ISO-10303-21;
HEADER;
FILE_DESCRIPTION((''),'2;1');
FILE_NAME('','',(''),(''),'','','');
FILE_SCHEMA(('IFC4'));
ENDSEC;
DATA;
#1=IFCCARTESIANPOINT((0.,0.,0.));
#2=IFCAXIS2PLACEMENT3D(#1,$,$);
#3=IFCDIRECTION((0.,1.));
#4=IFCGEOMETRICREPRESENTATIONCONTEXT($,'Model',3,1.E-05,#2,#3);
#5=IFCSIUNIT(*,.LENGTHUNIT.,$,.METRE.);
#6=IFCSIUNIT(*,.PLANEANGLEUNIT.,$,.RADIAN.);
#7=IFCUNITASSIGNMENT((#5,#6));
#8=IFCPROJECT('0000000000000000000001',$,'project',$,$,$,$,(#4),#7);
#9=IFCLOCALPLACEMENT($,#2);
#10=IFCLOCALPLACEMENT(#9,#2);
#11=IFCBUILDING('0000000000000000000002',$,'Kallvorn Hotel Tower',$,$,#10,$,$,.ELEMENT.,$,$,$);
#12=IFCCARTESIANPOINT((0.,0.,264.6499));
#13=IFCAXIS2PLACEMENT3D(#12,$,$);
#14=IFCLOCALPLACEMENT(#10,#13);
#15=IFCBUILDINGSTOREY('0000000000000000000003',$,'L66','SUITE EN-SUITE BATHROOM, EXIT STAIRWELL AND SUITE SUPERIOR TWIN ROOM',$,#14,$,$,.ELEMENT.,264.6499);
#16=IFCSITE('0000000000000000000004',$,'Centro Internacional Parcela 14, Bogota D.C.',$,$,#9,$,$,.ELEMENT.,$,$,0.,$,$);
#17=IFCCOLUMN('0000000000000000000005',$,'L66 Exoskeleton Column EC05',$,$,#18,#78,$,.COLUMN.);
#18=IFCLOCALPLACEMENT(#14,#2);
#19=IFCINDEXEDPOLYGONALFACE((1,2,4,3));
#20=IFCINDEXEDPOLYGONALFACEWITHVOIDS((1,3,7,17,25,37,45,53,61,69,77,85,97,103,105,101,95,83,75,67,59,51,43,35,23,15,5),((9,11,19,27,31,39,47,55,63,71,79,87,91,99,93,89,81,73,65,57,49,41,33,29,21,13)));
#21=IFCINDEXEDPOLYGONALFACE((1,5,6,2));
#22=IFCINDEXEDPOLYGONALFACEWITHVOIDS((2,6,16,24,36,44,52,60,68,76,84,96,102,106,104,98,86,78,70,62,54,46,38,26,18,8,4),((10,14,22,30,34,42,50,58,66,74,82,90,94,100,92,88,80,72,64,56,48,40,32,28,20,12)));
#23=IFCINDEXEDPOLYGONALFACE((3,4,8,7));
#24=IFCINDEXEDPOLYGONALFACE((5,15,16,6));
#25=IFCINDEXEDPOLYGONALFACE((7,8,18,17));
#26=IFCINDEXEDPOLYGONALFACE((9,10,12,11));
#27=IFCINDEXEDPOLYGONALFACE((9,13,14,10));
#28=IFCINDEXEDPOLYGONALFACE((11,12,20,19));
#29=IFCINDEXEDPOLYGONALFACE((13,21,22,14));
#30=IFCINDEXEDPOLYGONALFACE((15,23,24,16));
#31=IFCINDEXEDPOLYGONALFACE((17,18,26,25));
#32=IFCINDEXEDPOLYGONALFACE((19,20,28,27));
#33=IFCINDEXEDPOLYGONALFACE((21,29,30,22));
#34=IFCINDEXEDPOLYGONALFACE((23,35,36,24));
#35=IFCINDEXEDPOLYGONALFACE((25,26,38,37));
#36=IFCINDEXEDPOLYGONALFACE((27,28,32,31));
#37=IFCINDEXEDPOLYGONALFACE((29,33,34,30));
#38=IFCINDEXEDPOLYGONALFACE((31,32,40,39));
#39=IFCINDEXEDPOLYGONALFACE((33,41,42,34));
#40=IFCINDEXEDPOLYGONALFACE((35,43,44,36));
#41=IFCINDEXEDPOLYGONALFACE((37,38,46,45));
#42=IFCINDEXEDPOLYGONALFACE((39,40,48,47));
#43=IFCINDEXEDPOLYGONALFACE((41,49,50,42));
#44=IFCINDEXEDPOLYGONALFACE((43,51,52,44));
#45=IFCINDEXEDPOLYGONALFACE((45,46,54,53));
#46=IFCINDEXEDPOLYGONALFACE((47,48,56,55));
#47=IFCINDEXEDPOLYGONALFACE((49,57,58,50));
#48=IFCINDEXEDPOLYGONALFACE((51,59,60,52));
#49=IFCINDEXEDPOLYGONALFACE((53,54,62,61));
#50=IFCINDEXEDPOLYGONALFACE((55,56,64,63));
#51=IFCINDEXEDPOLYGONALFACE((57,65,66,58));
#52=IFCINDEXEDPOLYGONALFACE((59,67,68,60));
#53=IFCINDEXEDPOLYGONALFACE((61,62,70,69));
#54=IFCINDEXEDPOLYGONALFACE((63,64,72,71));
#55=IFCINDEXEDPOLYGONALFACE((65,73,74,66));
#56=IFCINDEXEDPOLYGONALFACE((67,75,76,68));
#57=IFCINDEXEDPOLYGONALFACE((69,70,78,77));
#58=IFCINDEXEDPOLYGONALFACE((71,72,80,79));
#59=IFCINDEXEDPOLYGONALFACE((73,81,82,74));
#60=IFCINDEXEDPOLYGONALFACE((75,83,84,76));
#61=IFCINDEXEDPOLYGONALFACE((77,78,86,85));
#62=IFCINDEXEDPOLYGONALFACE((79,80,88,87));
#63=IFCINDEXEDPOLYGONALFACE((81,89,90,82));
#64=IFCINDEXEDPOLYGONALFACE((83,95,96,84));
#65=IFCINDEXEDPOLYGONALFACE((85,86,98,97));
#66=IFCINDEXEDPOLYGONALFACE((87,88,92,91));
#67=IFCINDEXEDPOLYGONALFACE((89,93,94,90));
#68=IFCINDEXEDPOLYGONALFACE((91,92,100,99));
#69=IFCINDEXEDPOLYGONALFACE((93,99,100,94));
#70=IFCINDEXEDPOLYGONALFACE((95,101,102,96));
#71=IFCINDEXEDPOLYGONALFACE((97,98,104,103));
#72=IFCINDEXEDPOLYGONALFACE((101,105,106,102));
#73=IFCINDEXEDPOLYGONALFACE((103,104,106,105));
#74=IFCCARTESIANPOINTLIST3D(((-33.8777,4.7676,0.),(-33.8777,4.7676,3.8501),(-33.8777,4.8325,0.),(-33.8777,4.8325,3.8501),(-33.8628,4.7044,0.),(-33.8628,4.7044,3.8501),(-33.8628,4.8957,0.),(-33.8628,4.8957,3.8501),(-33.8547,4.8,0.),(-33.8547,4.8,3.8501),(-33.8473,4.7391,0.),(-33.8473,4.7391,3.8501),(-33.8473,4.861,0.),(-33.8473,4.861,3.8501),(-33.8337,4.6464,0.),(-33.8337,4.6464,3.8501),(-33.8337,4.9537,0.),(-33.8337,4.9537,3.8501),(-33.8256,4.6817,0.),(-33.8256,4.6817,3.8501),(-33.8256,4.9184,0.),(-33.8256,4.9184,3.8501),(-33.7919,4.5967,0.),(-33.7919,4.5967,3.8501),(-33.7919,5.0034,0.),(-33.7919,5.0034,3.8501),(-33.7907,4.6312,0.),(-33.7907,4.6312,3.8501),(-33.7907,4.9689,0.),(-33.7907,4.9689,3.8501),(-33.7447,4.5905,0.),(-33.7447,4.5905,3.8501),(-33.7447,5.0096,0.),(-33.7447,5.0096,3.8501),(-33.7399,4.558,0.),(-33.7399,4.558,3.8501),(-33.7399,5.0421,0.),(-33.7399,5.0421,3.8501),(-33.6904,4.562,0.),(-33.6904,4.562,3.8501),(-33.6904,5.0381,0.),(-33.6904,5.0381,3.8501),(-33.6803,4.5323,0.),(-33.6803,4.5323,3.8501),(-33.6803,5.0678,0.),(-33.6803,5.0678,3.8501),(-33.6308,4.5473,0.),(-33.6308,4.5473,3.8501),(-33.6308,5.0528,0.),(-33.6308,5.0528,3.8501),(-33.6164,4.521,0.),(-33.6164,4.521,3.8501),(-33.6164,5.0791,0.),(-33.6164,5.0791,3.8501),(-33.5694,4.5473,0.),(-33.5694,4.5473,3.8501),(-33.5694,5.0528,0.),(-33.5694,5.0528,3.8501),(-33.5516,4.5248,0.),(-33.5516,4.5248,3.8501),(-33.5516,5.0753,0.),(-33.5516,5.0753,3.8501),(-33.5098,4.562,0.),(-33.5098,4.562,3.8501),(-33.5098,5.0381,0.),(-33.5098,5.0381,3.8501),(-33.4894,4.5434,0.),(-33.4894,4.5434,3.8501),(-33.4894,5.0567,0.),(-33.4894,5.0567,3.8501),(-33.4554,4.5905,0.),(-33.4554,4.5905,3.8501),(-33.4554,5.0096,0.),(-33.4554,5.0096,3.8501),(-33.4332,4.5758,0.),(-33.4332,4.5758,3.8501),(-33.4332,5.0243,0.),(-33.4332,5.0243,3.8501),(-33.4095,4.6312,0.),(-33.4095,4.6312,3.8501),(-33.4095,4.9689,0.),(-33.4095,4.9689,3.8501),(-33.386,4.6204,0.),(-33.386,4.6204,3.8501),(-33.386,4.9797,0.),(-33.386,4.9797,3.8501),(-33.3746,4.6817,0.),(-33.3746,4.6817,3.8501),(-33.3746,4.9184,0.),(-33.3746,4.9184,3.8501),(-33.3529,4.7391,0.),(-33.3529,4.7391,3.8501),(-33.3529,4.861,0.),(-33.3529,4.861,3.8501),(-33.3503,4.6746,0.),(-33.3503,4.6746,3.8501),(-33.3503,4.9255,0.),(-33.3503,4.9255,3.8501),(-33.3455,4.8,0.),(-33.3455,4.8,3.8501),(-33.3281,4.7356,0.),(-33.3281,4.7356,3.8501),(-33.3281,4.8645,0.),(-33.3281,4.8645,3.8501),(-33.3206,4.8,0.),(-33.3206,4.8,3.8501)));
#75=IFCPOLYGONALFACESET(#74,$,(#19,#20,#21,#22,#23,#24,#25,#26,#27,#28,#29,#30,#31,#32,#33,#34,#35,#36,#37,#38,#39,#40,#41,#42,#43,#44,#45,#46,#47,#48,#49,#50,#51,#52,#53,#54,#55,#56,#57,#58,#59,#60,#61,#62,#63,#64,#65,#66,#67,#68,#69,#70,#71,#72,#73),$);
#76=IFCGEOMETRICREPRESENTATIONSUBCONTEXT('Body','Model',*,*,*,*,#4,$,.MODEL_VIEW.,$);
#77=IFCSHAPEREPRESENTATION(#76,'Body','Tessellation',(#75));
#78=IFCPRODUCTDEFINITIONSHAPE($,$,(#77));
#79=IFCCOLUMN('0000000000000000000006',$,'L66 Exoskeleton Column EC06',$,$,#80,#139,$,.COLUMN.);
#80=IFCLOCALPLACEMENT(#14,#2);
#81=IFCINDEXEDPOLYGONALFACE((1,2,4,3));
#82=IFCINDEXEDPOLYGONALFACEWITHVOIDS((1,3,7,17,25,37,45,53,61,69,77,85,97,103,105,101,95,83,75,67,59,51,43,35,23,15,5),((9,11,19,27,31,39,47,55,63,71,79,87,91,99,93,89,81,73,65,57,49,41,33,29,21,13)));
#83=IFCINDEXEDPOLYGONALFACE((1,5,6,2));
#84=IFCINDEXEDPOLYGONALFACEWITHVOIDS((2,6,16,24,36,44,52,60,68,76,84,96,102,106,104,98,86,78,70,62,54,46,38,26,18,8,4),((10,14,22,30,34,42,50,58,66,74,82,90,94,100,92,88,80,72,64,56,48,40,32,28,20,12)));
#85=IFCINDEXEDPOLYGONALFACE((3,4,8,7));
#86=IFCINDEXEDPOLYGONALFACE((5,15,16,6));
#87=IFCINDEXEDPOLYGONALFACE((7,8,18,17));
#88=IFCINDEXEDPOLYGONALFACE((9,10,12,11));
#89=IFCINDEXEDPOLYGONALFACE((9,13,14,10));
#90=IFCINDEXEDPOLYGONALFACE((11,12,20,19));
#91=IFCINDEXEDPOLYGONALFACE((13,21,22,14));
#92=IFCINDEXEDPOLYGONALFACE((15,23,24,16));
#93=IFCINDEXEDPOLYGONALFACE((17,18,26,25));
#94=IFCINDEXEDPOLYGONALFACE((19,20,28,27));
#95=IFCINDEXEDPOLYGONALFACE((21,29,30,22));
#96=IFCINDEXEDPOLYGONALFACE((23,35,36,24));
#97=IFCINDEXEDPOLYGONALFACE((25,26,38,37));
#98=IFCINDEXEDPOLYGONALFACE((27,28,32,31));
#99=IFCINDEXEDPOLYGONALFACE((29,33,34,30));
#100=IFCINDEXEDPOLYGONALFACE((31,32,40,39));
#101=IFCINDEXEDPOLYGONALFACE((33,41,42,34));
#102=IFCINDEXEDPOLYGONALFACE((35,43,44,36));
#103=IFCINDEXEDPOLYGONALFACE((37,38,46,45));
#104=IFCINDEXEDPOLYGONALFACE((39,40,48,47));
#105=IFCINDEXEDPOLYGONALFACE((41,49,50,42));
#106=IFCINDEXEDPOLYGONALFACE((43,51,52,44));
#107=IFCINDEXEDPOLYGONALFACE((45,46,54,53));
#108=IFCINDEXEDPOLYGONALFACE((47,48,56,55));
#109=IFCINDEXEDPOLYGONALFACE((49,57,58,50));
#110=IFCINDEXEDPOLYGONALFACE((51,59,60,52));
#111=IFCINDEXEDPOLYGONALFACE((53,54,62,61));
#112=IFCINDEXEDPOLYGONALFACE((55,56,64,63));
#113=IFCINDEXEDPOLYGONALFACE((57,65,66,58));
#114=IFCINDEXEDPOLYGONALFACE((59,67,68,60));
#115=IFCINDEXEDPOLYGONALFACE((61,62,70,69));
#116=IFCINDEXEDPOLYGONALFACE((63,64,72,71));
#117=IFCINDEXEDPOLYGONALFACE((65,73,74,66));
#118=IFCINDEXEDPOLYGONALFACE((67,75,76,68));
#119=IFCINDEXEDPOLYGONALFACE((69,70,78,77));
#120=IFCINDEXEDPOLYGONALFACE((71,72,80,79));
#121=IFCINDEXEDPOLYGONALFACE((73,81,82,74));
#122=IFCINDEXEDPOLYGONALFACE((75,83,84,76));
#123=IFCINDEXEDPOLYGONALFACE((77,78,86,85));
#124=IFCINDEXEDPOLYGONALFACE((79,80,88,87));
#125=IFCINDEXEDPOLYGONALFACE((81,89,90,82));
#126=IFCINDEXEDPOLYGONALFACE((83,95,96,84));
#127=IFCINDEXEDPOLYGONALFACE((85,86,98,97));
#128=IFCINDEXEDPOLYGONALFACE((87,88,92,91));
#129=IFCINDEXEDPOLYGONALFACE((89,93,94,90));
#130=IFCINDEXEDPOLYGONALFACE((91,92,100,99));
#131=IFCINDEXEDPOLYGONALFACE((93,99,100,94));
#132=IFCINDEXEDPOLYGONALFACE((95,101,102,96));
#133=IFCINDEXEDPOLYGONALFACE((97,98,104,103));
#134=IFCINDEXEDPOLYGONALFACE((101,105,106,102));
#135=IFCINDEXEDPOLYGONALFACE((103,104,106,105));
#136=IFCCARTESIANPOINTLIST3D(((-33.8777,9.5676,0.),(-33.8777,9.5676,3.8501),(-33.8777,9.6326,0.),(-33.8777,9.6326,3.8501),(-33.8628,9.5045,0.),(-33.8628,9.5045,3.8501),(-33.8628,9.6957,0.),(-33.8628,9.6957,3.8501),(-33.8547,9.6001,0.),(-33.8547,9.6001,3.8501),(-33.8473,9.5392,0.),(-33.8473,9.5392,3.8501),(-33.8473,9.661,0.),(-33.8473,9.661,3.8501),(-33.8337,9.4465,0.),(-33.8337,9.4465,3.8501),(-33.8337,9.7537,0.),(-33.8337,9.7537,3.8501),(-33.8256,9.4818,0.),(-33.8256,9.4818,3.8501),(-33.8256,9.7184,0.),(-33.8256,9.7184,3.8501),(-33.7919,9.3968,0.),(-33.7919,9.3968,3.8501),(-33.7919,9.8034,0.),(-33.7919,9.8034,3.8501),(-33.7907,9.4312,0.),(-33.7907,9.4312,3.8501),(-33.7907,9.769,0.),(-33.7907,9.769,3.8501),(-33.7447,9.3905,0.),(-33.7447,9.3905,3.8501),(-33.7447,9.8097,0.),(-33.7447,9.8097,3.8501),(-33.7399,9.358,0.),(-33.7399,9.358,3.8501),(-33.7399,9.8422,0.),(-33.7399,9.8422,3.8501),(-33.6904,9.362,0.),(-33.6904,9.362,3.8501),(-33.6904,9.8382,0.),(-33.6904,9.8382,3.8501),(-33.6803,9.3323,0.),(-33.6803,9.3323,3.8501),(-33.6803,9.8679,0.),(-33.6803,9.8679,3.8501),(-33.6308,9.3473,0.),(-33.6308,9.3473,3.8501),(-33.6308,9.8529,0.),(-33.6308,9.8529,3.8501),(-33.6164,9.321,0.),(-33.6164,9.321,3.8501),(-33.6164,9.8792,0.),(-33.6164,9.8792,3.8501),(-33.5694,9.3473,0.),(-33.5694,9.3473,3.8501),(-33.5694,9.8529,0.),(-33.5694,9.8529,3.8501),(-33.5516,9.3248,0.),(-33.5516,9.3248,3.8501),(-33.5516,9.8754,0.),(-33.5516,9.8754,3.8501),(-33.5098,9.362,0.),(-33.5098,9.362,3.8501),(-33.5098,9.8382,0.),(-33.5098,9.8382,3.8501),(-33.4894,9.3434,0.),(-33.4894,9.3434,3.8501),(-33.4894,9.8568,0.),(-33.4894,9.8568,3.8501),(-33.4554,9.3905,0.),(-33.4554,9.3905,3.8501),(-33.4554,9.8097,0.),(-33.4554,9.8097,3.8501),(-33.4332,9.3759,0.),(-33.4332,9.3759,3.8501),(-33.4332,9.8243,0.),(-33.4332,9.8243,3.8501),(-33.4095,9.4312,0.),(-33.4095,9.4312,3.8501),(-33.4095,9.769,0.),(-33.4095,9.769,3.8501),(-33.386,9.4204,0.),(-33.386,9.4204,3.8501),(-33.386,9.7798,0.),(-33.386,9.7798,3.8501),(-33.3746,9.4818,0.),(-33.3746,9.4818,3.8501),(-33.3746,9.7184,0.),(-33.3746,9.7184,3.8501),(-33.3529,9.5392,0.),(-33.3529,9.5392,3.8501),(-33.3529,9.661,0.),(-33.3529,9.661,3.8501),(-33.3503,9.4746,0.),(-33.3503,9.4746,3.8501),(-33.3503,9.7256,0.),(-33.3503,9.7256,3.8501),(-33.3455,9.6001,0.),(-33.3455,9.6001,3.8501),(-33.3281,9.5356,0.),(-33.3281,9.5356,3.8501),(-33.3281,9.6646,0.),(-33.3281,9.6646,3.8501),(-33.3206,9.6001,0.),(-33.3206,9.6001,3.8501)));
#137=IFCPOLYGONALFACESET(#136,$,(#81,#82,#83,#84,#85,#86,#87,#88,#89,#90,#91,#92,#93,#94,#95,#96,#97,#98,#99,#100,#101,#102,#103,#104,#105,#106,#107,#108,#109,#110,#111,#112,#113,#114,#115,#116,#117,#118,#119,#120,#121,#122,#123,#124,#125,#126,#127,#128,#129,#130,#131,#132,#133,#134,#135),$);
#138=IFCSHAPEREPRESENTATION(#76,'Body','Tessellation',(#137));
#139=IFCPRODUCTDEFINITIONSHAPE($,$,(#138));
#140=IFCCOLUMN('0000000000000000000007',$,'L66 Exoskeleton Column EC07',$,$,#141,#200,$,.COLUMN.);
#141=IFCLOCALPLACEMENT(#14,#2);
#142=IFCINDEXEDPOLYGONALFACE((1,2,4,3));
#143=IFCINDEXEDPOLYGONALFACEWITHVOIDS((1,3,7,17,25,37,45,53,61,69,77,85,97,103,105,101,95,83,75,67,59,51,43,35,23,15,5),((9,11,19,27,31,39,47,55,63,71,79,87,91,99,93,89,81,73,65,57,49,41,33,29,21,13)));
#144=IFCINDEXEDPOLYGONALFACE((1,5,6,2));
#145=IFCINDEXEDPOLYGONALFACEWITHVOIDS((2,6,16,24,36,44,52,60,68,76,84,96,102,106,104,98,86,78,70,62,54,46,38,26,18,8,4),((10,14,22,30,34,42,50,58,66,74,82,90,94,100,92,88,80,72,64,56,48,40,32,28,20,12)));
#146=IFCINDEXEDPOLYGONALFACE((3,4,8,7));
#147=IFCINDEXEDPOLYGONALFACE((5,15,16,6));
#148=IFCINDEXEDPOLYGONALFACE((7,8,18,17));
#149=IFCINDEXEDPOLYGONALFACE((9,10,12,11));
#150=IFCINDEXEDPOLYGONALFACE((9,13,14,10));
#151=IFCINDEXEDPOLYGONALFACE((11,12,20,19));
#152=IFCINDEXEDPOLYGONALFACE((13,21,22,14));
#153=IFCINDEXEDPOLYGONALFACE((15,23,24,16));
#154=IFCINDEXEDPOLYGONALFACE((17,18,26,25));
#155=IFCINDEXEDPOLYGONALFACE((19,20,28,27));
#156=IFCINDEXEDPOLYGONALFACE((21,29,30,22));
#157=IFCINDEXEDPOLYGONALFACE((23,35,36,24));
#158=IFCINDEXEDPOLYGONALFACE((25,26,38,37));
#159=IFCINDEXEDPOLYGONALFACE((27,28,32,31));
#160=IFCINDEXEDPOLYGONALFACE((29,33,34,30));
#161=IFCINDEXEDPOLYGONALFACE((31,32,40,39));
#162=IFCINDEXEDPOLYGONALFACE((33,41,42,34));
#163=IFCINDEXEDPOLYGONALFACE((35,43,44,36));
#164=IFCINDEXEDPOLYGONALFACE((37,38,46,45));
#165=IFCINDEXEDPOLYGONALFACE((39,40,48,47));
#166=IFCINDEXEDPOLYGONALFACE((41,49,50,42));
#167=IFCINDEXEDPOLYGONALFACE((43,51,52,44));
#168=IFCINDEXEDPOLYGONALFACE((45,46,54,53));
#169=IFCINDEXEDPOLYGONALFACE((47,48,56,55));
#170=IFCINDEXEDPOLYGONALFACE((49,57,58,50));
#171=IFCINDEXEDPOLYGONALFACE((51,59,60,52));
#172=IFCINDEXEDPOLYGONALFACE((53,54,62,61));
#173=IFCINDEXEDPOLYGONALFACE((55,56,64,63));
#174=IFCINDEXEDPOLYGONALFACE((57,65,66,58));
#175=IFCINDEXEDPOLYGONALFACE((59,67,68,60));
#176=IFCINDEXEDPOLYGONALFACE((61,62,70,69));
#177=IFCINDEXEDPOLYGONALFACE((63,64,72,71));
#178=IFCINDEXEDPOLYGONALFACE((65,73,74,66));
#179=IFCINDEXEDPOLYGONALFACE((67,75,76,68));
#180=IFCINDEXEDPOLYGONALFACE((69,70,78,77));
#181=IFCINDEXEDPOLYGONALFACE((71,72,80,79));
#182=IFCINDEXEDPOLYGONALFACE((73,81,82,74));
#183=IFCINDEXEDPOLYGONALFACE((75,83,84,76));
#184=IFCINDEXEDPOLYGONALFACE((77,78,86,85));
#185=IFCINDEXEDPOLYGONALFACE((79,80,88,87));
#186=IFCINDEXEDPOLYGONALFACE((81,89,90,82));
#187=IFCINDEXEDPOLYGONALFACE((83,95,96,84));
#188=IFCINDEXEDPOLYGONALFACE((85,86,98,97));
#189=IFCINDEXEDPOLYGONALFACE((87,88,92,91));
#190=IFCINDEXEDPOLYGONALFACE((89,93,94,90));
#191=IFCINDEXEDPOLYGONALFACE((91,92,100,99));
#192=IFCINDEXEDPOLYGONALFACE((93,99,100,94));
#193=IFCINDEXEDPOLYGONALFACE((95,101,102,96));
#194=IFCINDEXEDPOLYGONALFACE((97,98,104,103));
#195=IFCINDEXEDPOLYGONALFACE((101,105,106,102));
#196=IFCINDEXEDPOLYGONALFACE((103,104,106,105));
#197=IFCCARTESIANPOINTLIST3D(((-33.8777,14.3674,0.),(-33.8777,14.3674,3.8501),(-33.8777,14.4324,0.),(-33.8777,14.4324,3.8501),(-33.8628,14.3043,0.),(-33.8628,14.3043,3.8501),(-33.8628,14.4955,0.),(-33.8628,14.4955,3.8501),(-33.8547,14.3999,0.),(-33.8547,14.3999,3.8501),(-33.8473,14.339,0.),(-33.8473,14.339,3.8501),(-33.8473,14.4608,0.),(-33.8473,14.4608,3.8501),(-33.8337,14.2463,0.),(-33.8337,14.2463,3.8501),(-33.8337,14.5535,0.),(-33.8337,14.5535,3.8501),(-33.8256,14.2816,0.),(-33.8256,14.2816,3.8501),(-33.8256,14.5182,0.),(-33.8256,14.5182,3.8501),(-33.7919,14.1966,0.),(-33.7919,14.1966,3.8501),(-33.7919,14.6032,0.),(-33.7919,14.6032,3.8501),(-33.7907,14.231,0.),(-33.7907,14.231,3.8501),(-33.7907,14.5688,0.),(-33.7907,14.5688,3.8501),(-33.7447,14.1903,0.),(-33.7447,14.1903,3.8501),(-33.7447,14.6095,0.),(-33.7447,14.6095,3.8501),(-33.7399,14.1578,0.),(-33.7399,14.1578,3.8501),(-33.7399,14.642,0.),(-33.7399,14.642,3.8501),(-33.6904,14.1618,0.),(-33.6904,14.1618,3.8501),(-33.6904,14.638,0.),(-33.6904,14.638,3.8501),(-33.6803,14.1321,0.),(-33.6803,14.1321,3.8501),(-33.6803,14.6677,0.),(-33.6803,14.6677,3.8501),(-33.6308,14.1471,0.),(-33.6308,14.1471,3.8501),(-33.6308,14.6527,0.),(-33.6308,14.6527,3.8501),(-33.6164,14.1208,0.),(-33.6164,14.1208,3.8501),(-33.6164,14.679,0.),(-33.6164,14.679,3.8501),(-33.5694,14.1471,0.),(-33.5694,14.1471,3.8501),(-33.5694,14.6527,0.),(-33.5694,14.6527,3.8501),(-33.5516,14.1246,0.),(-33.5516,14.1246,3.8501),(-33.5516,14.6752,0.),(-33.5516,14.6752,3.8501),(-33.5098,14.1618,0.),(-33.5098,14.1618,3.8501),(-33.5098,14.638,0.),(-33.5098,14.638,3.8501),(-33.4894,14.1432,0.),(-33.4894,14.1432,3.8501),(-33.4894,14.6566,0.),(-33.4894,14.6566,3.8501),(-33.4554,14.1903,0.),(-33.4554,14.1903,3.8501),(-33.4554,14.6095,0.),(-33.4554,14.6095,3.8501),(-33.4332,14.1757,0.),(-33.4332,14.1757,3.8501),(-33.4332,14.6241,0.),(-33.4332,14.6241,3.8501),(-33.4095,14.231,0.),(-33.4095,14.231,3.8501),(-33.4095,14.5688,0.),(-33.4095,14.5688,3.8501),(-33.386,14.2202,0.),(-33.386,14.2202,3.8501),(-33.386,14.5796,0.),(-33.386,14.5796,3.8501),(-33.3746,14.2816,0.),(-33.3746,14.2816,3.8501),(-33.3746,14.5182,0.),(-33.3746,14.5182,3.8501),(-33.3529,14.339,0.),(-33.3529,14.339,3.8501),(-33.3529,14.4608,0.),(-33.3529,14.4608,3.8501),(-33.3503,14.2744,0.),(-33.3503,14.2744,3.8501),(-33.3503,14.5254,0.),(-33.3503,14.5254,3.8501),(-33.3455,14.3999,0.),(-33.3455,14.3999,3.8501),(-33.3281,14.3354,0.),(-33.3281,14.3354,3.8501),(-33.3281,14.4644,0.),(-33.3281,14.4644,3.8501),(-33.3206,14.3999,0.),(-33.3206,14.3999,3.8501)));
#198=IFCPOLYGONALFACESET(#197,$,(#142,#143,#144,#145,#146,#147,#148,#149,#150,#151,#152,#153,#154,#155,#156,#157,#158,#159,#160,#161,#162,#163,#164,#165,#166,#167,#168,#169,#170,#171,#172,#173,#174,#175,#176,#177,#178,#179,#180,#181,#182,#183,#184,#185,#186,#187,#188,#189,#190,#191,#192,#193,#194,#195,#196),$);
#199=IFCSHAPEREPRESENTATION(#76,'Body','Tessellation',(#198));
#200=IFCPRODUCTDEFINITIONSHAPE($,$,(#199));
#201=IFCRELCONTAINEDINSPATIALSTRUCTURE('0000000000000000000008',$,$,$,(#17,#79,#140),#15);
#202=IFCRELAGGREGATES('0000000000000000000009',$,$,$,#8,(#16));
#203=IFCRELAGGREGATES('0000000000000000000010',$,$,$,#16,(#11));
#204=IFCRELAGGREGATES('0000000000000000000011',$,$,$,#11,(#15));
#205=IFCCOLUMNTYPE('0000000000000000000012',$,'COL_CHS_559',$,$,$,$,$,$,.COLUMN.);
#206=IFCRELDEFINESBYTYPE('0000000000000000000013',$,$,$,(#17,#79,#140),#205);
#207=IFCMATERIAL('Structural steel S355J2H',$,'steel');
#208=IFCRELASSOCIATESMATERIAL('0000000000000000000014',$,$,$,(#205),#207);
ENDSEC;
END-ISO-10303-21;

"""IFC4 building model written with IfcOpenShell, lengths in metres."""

from ifc_helpers import new_model, si_unit, direction, frame, origin, origin_2d, place, context, subcontext, project, spatial, hollow_circle, extrude, material, material_profile, profile_set, type_object, element, save


model = new_model("IFC4")

# Units and contexts
model_context = context("Model", 3, precision=1e-05, world=origin(), true_north=direction((0.0, 1.0)))
body_context = subcontext(model_context, "Body", "Model", "MODEL_VIEW")
ifc_project = project(units=[si_unit("LENGTHUNIT", "METRE"), si_unit("PLANEANGLEUNIT", "RADIAN")], contexts=[model_context])

# Site, building, storey
site_placement = place(None, origin())
site = spatial("IfcSite", under=ifc_project, at=site_placement, Name="Centro Internacional Parcela 14, Bogota D.C.", CompositionType="ELEMENT", RefElevation=0.0)
building_placement = place(site_placement, origin())
building = spatial("IfcBuilding", under=site, at=building_placement, Name="Kallvorn Hotel Tower", CompositionType="ELEMENT")
storey_placement = place(building_placement, frame((0.0, 0.0, 264.6499)))
storey = spatial("IfcBuildingStorey", under=building, at=storey_placement, Name="L66", Description="SUITE EN-SUITE BATHROOM, EXIT STAIRWELL AND SUITE SUPERIOR TWIN ROOM", CompositionType="ELEMENT", Elevation=264.6499)

# Columns
ifc_material_1 = material(Name="Structural steel S355J2H", Category="steel")
ifc_material_profile_1 = material_profile(ifc_material_1, hollow_circle(Radius=0.2795, WallThickness=0.0249, at=origin_2d()), Name="CHS 559x25")
ifc_profile_set_1 = profile_set([ifc_material_profile_1], Name="Structural steel S355J2H")
column_type = type_object("IfcColumnType", Name="COL_CHS_559", PredefinedType="COLUMN", material=ifc_profile_set_1)
for number, where, z_axis, x_axis, name in (
    (1, (-33.6001, 4.8, 0.0), (0.0, 0.0, 1.0), (1.0, 0.0, 0.0), "L66 Exoskeleton Column EC05"),
    (2, (-33.6001, 9.6001, 0.0), (0.0, 0.0, 1.0), (1.0, 0.0, 0.0), "L66 Exoskeleton Column EC06"),
    (3, (-33.6001, 14.3999, 0.0), (0.0, 0.0, 1.0), (1.0, 0.0, 0.0), "L66 Exoskeleton Column EC07"),
):
    element("IfcColumn", number, at=place(storey_placement, frame(where, z_axis=z_axis, x_axis=x_axis)), inside=storey, type_object=column_type, Name=name, PredefinedType="COLUMN", context=body_context, shape_type="SweptSolid", body=[
        extrude(hollow_circle(Radius=0.2795, WallThickness=0.0249, at=origin_2d()), origin(), (0.0, 0.0, 1.0), 3.8501),
    ])

save(model, "model.ifc")
